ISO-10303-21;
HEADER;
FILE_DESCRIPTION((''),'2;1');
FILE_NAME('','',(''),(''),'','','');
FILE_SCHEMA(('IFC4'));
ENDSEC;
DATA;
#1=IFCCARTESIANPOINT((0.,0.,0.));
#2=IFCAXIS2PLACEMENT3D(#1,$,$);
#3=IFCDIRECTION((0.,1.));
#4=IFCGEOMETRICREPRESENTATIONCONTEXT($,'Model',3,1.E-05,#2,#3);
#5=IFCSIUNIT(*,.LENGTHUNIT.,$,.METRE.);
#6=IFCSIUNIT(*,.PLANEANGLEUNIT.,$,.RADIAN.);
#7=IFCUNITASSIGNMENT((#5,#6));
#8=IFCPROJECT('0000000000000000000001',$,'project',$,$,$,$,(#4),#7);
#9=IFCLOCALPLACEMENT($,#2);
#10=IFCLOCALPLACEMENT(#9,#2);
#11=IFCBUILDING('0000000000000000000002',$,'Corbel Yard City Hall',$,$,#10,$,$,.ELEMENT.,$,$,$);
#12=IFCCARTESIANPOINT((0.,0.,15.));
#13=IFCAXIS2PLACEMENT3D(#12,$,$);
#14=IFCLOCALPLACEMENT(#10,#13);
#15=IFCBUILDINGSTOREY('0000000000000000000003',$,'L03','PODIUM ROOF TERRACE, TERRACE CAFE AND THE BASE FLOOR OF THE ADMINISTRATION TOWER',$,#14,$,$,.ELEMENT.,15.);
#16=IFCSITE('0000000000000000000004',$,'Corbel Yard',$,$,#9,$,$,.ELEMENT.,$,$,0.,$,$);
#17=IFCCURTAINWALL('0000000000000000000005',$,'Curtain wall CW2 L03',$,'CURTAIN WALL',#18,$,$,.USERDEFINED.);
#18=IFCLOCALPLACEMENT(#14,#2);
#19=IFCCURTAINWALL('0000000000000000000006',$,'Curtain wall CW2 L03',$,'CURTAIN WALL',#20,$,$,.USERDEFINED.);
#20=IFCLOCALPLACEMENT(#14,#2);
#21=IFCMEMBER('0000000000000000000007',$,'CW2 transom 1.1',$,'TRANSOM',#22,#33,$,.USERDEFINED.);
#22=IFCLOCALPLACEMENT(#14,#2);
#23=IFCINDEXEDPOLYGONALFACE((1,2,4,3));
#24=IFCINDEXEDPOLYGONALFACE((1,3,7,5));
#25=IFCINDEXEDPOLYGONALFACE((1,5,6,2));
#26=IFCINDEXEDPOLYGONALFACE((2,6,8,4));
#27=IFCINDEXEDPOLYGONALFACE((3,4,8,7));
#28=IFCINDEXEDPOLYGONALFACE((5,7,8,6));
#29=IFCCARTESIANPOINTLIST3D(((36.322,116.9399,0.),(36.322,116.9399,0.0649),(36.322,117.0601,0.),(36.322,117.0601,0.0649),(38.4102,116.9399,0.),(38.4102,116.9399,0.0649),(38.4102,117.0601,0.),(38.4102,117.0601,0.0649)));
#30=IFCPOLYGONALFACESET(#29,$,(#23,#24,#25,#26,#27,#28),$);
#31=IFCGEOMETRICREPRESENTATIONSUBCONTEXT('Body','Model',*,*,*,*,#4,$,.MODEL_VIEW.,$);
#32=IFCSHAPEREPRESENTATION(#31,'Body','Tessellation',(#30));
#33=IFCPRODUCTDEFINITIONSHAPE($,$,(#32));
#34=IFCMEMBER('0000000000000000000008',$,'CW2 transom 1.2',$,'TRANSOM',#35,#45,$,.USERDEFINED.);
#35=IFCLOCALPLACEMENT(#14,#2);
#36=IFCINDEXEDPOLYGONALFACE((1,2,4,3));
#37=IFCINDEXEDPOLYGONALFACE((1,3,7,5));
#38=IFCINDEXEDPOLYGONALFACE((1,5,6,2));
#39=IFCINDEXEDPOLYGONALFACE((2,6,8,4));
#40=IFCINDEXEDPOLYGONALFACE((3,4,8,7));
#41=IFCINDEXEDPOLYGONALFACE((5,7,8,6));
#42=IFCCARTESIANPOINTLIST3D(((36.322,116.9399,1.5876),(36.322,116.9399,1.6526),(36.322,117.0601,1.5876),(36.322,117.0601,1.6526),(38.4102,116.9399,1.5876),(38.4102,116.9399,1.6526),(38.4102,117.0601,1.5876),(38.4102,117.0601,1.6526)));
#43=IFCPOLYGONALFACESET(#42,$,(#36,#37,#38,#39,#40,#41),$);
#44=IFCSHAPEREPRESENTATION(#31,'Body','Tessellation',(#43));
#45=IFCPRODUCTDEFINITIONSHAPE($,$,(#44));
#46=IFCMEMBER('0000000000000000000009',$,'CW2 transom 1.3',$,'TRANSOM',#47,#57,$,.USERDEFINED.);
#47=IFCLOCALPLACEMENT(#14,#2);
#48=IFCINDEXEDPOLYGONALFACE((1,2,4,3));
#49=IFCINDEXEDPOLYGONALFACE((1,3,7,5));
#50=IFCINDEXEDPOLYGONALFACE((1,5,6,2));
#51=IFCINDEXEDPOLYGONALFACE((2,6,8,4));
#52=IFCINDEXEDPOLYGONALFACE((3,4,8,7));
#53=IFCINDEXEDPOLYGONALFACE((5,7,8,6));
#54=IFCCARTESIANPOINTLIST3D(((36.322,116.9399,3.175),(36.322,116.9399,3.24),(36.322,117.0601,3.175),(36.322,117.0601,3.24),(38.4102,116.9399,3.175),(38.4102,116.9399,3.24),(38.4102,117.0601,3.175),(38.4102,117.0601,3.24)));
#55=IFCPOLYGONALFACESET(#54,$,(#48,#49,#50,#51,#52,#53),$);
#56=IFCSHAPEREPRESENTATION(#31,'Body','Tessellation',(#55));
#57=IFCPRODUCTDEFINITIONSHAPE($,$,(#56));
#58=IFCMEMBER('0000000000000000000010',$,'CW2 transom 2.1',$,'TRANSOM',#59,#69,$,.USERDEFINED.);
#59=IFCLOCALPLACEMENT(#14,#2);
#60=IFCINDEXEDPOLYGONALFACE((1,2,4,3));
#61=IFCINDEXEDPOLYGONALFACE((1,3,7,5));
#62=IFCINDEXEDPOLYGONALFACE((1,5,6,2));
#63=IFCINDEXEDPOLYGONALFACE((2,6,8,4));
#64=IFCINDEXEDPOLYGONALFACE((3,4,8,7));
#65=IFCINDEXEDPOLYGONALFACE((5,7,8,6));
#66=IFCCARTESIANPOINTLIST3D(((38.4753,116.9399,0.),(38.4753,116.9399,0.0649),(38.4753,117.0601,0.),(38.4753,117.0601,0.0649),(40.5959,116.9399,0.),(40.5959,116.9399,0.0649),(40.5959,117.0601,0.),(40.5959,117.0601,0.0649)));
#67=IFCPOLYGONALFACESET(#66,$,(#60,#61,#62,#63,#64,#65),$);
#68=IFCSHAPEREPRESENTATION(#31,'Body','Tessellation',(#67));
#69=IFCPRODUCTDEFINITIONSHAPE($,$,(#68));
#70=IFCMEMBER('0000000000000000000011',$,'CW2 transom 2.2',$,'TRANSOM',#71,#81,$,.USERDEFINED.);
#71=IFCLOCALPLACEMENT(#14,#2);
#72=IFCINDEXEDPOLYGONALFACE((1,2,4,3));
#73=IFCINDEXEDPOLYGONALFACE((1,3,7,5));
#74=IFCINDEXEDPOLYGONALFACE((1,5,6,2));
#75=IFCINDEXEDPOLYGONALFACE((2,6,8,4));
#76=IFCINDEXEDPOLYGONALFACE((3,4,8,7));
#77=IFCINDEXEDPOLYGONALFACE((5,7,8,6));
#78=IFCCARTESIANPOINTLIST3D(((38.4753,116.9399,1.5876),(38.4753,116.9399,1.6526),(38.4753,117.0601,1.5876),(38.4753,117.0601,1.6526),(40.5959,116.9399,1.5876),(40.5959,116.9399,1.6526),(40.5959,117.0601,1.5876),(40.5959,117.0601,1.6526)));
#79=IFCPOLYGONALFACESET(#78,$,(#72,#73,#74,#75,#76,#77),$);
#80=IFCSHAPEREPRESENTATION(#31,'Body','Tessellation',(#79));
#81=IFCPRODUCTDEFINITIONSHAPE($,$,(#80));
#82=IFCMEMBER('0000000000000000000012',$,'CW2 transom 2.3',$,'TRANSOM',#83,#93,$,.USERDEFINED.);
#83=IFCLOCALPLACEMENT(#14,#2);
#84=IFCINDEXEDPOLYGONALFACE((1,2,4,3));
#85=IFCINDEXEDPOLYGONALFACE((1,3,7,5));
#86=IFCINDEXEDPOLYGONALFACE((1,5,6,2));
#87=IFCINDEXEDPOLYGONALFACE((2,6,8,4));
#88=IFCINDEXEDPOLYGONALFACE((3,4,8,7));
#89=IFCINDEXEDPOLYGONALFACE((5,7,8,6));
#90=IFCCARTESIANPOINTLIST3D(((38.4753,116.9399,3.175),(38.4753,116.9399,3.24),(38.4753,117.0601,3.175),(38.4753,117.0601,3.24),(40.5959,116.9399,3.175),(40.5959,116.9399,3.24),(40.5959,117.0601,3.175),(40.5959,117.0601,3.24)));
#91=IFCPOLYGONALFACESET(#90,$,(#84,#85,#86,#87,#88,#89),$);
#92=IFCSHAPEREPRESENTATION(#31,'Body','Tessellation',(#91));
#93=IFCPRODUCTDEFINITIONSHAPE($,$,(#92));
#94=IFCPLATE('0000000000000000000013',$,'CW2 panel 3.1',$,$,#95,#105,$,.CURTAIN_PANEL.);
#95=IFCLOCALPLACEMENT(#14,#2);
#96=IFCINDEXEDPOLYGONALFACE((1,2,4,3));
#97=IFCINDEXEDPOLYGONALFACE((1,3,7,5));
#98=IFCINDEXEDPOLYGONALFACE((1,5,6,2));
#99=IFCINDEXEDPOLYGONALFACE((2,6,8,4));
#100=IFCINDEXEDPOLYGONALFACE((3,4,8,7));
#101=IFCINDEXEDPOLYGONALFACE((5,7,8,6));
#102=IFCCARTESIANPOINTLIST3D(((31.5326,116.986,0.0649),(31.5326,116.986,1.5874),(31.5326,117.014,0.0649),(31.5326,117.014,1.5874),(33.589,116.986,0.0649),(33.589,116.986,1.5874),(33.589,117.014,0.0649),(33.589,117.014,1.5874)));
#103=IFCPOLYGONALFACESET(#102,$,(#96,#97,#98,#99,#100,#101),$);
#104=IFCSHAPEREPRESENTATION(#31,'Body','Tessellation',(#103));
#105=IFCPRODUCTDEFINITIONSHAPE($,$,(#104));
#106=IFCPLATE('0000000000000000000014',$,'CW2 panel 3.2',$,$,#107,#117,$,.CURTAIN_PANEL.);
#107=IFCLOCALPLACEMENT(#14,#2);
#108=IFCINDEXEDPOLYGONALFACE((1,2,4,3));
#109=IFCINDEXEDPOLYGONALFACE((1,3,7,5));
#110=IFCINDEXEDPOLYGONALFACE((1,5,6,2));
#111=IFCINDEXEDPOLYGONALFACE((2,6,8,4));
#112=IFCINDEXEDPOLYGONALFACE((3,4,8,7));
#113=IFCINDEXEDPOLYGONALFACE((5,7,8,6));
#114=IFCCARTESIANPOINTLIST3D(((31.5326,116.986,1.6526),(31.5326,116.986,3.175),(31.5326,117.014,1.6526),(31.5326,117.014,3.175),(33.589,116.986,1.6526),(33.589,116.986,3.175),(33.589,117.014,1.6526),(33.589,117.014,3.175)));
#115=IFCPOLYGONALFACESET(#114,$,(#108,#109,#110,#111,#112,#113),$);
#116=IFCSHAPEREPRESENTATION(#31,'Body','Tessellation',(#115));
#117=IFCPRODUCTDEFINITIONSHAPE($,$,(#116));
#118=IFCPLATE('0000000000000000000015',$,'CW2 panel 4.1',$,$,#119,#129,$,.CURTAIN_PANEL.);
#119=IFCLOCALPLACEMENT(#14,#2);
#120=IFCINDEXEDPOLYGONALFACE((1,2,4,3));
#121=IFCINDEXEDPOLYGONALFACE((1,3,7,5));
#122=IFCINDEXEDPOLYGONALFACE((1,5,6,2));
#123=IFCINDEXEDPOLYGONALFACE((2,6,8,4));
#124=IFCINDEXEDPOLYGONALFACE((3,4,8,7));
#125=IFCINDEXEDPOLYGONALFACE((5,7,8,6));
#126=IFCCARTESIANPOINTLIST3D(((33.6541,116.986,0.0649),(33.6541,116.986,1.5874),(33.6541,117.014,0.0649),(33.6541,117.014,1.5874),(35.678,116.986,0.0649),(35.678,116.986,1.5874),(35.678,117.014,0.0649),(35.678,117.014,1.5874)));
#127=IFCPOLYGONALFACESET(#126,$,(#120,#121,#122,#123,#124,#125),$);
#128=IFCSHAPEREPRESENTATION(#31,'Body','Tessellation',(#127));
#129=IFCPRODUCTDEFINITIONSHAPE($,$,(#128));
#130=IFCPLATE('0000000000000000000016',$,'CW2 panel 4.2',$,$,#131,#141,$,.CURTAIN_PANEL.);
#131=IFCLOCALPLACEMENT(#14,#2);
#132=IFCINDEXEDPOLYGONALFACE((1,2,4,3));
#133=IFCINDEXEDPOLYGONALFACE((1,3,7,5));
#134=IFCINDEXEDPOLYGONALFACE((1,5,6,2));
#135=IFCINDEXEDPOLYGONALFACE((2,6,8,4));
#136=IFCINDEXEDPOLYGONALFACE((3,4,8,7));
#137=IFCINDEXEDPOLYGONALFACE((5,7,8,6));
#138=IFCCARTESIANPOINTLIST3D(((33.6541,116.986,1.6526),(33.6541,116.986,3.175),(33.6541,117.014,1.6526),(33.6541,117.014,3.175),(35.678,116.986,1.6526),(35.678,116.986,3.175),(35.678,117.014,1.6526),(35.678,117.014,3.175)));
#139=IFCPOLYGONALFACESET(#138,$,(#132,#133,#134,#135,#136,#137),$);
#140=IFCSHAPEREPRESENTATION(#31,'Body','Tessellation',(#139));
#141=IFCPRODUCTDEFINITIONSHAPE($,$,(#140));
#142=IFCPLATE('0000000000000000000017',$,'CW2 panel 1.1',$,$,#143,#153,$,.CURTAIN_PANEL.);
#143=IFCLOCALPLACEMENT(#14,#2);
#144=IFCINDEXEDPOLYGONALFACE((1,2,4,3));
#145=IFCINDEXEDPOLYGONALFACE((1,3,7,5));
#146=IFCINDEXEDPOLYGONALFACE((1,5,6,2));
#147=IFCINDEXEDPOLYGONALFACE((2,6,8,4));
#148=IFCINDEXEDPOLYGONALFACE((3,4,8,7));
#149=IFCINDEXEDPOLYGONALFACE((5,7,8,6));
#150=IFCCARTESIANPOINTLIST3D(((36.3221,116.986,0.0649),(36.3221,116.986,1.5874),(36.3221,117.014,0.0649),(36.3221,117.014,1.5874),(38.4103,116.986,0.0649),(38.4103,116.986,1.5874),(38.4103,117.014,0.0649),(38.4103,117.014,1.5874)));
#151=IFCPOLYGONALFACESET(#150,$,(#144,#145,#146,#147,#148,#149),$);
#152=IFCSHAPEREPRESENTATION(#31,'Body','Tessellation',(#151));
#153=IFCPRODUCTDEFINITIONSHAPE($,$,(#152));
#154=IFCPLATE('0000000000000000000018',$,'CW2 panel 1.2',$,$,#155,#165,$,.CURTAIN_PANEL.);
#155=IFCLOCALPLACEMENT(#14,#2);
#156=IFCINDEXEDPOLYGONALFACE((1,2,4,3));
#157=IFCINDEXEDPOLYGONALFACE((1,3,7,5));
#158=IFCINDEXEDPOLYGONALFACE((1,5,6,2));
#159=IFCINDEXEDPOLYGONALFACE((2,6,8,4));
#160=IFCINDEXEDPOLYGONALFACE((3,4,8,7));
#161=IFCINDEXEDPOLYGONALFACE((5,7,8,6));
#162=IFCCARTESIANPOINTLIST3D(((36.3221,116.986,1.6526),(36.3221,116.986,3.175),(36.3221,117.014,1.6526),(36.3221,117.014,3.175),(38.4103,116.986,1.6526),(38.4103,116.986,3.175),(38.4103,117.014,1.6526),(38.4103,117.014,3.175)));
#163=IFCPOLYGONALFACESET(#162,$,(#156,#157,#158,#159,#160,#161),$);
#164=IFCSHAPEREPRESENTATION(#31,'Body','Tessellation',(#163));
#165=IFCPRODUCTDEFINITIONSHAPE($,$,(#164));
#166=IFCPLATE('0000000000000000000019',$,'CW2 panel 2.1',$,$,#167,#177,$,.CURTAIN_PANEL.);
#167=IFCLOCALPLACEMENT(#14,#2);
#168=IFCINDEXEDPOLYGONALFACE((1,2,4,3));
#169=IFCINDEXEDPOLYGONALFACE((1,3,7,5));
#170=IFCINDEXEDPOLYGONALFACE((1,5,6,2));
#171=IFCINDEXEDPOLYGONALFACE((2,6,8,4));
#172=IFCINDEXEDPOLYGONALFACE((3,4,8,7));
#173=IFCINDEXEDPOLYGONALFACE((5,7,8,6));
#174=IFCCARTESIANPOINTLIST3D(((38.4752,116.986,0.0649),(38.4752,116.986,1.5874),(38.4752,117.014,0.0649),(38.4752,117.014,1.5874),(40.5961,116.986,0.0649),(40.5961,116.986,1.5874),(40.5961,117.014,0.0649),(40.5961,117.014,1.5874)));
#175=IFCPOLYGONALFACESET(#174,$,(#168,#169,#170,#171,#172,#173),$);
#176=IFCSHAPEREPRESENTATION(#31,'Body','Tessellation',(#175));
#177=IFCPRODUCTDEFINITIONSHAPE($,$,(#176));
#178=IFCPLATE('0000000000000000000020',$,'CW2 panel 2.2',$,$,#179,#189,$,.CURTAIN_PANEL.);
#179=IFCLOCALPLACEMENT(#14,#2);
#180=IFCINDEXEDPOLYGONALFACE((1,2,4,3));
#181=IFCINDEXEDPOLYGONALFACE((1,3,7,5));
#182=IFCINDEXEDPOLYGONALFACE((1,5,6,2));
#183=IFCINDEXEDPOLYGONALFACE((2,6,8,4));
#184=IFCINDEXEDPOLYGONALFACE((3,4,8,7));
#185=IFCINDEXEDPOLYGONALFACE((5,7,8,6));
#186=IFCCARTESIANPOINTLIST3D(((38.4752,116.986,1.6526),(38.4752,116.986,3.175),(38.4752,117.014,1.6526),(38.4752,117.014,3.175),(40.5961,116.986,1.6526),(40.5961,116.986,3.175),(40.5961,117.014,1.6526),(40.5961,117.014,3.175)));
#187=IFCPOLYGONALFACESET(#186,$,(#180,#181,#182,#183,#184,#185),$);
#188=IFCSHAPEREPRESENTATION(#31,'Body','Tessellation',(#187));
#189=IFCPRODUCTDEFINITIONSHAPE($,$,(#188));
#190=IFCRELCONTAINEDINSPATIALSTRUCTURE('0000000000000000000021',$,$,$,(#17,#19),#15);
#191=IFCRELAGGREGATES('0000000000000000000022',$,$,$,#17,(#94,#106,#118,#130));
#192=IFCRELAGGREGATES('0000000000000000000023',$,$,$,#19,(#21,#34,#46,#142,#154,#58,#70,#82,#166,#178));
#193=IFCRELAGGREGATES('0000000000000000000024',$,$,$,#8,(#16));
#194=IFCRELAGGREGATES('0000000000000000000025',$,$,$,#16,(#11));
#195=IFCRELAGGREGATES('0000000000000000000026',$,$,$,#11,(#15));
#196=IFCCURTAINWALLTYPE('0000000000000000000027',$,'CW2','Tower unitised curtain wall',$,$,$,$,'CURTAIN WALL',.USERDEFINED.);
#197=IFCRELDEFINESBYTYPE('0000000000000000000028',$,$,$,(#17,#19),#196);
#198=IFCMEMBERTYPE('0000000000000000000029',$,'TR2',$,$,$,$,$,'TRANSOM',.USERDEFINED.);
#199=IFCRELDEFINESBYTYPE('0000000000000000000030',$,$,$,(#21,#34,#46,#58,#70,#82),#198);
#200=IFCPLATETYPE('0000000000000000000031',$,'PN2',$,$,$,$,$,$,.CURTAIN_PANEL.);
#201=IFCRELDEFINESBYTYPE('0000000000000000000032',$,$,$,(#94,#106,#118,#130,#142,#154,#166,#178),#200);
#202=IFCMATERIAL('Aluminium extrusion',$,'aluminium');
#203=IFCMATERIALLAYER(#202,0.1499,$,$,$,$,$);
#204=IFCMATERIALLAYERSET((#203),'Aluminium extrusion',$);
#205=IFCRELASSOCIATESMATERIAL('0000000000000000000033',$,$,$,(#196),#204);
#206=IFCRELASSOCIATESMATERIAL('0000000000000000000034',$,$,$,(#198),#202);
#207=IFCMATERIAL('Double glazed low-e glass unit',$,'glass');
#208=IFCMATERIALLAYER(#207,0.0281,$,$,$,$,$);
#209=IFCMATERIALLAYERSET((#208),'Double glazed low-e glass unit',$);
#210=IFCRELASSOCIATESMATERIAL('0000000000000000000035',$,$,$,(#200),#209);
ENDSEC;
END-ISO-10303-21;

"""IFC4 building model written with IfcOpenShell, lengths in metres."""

from ifc_helpers import new_model, si_unit, direction, frame, origin, origin_2d, place, context, subcontext, project, spatial, rectangle, extrude, material, layer, layer_set, material_profile, profile_set, type_object, element, aggregate, save


model = new_model("IFC4")

# Units and contexts
model_context = context("Model", 3, precision=1e-05, world=origin(), true_north=direction((0.0, 1.0)))
body_context = subcontext(model_context, "Body", "Model", "MODEL_VIEW")
ifc_project = project(units=[si_unit("LENGTHUNIT", "METRE"), si_unit("PLANEANGLEUNIT", "RADIAN")], contexts=[model_context])

# Site, building, storey
site_placement = place(None, origin())
site = spatial("IfcSite", under=ifc_project, at=site_placement, Name="Corbel Yard", CompositionType="ELEMENT", RefElevation=0.0)
building_placement = place(site_placement, origin())
building = spatial("IfcBuilding", under=site, at=building_placement, Name="Corbel Yard City Hall", CompositionType="ELEMENT")
storey_placement = place(building_placement, frame((0.0, 0.0, 15.0)))
storey = spatial("IfcBuildingStorey", under=building, at=storey_placement, Name="L03", Description="PODIUM ROOF TERRACE, TERRACE CAFE AND THE BASE FLOOR OF THE ADMINISTRATION TOWER", CompositionType="ELEMENT", Elevation=15.0)

# Curtain walls
ifc_material_1 = material(Name="Aluminium extrusion", Category="aluminium")
ifc_layer_1 = layer(ifc_material_1, 0.1499)
ifc_layer_set_1 = layer_set([ifc_layer_1], Name="Aluminium extrusion")
curtain_wall_type = type_object("IfcCurtainWallType", Name="CW2", Description="Tower unitised curtain wall", ElementType="CURTAIN WALL", PredefinedType="USERDEFINED", material=ifc_layer_set_1)
curtain_wall_1_placement = place(storey_placement, origin())
curtain_wall_1 = element("IfcCurtainWall", 1, at=curtain_wall_1_placement, inside=storey, type_object=curtain_wall_type, Name="Curtain wall CW2 L03", ObjectType="CURTAIN WALL", PredefinedType="USERDEFINED")
curtain_wall_2_placement = place(storey_placement, origin())
curtain_wall_2 = element("IfcCurtainWall", 2, at=curtain_wall_2_placement, inside=storey, type_object=curtain_wall_type, Name="Curtain wall CW2 L03", ObjectType="CURTAIN WALL", PredefinedType="USERDEFINED")

# Members
ifc_material_profile_1 = material_profile(ifc_material_1, rectangle(XDim=0.1201, YDim=0.0649, at=origin_2d()), Name="120x65")
ifc_profile_set_1 = profile_set([ifc_material_profile_1], Name="Aluminium extrusion")
member_type_1 = type_object("IfcMemberType", Name="TR2", ElementType="TRANSOM", PredefinedType="USERDEFINED", material=ifc_profile_set_1)
member_1_placement = place(storey_placement, frame((36.322, 117.0, 0.0325), z_axis=(1.0, 0.0, 0.0), x_axis=(0.0, 1.0, 0.0)))
member_1 = element("IfcMember", 3, at=member_1_placement, type_object=member_type_1, Name="CW2 transom 1.1", ObjectType="TRANSOM", PredefinedType="USERDEFINED", context=body_context, shape_type="SweptSolid", body=[
    extrude(rectangle(XDim=0.1201, YDim=0.0649, at=origin_2d()), origin(), (0.0, 0.0, 1.0), 2.0881),
])
member_2_placement = place(storey_placement, frame((36.322, 117.0, 1.6201), z_axis=(1.0, 0.0, 0.0), x_axis=(0.0, 1.0, 0.0)))
member_2 = element("IfcMember", 4, at=member_2_placement, type_object=member_type_1, Name="CW2 transom 1.2", ObjectType="TRANSOM", PredefinedType="USERDEFINED", context=body_context, shape_type="SweptSolid", body=[
    extrude(rectangle(XDim=0.1201, YDim=0.0649, at=origin_2d()), origin(), (0.0, 0.0, 1.0), 2.0881),
])
member_3_placement = place(storey_placement, frame((36.322, 117.0, 3.2075), z_axis=(1.0, 0.0, 0.0), x_axis=(0.0, 1.0, 0.0)))
member_3 = element("IfcMember", 5, at=member_3_placement, type_object=member_type_1, Name="CW2 transom 1.3", ObjectType="TRANSOM", PredefinedType="USERDEFINED", context=body_context, shape_type="SweptSolid", body=[
    extrude(rectangle(XDim=0.1201, YDim=0.0649, at=origin_2d()), origin(), (0.0, 0.0, 1.0), 2.0881),
])
member_4_placement = place(storey_placement, frame((38.4753, 117.0, 0.0325), z_axis=(1.0, 0.0, 0.0), x_axis=(0.0, 1.0, 0.0)))
member_4 = element("IfcMember", 6, at=member_4_placement, type_object=member_type_1, Name="CW2 transom 2.1", ObjectType="TRANSOM", PredefinedType="USERDEFINED", context=body_context, shape_type="SweptSolid", body=[
    extrude(rectangle(XDim=0.1201, YDim=0.0649, at=origin_2d()), origin(), (0.0, 0.0, 1.0), 2.1206),
])
member_5_placement = place(storey_placement, frame((38.4753, 117.0, 1.6201), z_axis=(1.0, 0.0, 0.0), x_axis=(0.0, 1.0, 0.0)))
member_5 = element("IfcMember", 7, at=member_5_placement, type_object=member_type_1, Name="CW2 transom 2.2", ObjectType="TRANSOM", PredefinedType="USERDEFINED", context=body_context, shape_type="SweptSolid", body=[
    extrude(rectangle(XDim=0.1201, YDim=0.0649, at=origin_2d()), origin(), (0.0, 0.0, 1.0), 2.1206),
])
member_6_placement = place(storey_placement, frame((38.4753, 117.0, 3.2075), z_axis=(1.0, 0.0, 0.0), x_axis=(0.0, 1.0, 0.0)))
member_6 = element("IfcMember", 8, at=member_6_placement, type_object=member_type_1, Name="CW2 transom 2.3", ObjectType="TRANSOM", PredefinedType="USERDEFINED", context=body_context, shape_type="SweptSolid", body=[
    extrude(rectangle(XDim=0.1201, YDim=0.0649, at=origin_2d()), origin(), (0.0, 0.0, 1.0), 2.1206),
])

# Plates
ifc_material_2 = material(Name="Double glazed low-e glass unit", Category="glass")
ifc_layer_2 = layer(ifc_material_2, 0.0281)
ifc_layer_set_2 = layer_set([ifc_layer_2], Name="Double glazed low-e glass unit")
plate_type = type_object("IfcPlateType", Name="PN2", PredefinedType="CURTAIN_PANEL", material=ifc_layer_set_2)
plate_1_placement = place(storey_placement, frame((32.5608, 117.0, 0.0649), z_axis=(0.0, 0.0, 1.0), x_axis=(1.0, 0.0, 0.0)))
plate_1 = element("IfcPlate", 9, at=plate_1_placement, type_object=plate_type, Name="CW2 panel 3.1", PredefinedType="CURTAIN_PANEL", context=body_context, shape_type="SweptSolid", body=[
    extrude(rectangle(XDim=2.0564, YDim=0.0281, at=origin_2d()), origin(), (0.0, 0.0, 1.0), 1.5225),
])
plate_2_placement = place(storey_placement, frame((32.5608, 117.0, 1.6526), z_axis=(0.0, 0.0, 1.0), x_axis=(1.0, 0.0, 0.0)))
plate_2 = element("IfcPlate", 10, at=plate_2_placement, type_object=plate_type, Name="CW2 panel 3.2", PredefinedType="CURTAIN_PANEL", context=body_context, shape_type="SweptSolid", body=[
    extrude(rectangle(XDim=2.0564, YDim=0.0281, at=origin_2d()), origin(), (0.0, 0.0, 1.0), 1.5225),
])
plate_3_placement = place(storey_placement, frame((34.666, 117.0, 0.0649), z_axis=(0.0, 0.0, 1.0), x_axis=(1.0, 0.0, 0.0)))
plate_3 = element("IfcPlate", 11, at=plate_3_placement, type_object=plate_type, Name="CW2 panel 4.1", PredefinedType="CURTAIN_PANEL", context=body_context, shape_type="SweptSolid", body=[
    extrude(rectangle(XDim=2.0239, YDim=0.0281, at=origin_2d()), origin(), (0.0, 0.0, 1.0), 1.5225),
])
plate_4_placement = place(storey_placement, frame((34.666, 117.0, 1.6526), z_axis=(0.0, 0.0, 1.0), x_axis=(1.0, 0.0, 0.0)))
plate_4 = element("IfcPlate", 12, at=plate_4_placement, type_object=plate_type, Name="CW2 panel 4.2", PredefinedType="CURTAIN_PANEL", context=body_context, shape_type="SweptSolid", body=[
    extrude(rectangle(XDim=2.0239, YDim=0.0281, at=origin_2d()), origin(), (0.0, 0.0, 1.0), 1.5225),
])
aggregate(curtain_wall_1, [plate_1, plate_2, plate_3, plate_4])
plate_5_placement = place(storey_placement, frame((37.3662, 117.0, 0.0649), z_axis=(0.0, 0.0, 1.0), x_axis=(1.0, 0.0, 0.0)))
plate_5 = element("IfcPlate", 13, at=plate_5_placement, type_object=plate_type, Name="CW2 panel 1.1", PredefinedType="CURTAIN_PANEL", context=body_context, shape_type="SweptSolid", body=[
    extrude(rectangle(XDim=2.0881, YDim=0.0281, at=origin_2d()), origin(), (0.0, 0.0, 1.0), 1.5225),
])
plate_6_placement = place(storey_placement, frame((37.3662, 117.0, 1.6526), z_axis=(0.0, 0.0, 1.0), x_axis=(1.0, 0.0, 0.0)))
plate_6 = element("IfcPlate", 14, at=plate_6_placement, type_object=plate_type, Name="CW2 panel 1.2", PredefinedType="CURTAIN_PANEL", context=body_context, shape_type="SweptSolid", body=[
    extrude(rectangle(XDim=2.0881, YDim=0.0281, at=origin_2d()), origin(), (0.0, 0.0, 1.0), 1.5225),
])
plate_7_placement = place(storey_placement, frame((39.5356, 117.0, 0.0649), z_axis=(0.0, 0.0, 1.0), x_axis=(1.0, 0.0, 0.0)))
plate_7 = element("IfcPlate", 15, at=plate_7_placement, type_object=plate_type, Name="CW2 panel 2.1", PredefinedType="CURTAIN_PANEL", context=body_context, shape_type="SweptSolid", body=[
    extrude(rectangle(XDim=2.1208, YDim=0.0281, at=origin_2d()), origin(), (0.0, 0.0, 1.0), 1.5225),
])
plate_8_placement = place(storey_placement, frame((39.5356, 117.0, 1.6526), z_axis=(0.0, 0.0, 1.0), x_axis=(1.0, 0.0, 0.0)))
plate_8 = element("IfcPlate", 16, at=plate_8_placement, type_object=plate_type, Name="CW2 panel 2.2", PredefinedType="CURTAIN_PANEL", context=body_context, shape_type="SweptSolid", body=[
    extrude(rectangle(XDim=2.1208, YDim=0.0281, at=origin_2d()), origin(), (0.0, 0.0, 1.0), 1.5225),
])
aggregate(curtain_wall_2, [member_1, member_2, member_3, plate_5, plate_6, member_4, member_5, member_6, plate_7, plate_8])

save(model, "model.ifc")
